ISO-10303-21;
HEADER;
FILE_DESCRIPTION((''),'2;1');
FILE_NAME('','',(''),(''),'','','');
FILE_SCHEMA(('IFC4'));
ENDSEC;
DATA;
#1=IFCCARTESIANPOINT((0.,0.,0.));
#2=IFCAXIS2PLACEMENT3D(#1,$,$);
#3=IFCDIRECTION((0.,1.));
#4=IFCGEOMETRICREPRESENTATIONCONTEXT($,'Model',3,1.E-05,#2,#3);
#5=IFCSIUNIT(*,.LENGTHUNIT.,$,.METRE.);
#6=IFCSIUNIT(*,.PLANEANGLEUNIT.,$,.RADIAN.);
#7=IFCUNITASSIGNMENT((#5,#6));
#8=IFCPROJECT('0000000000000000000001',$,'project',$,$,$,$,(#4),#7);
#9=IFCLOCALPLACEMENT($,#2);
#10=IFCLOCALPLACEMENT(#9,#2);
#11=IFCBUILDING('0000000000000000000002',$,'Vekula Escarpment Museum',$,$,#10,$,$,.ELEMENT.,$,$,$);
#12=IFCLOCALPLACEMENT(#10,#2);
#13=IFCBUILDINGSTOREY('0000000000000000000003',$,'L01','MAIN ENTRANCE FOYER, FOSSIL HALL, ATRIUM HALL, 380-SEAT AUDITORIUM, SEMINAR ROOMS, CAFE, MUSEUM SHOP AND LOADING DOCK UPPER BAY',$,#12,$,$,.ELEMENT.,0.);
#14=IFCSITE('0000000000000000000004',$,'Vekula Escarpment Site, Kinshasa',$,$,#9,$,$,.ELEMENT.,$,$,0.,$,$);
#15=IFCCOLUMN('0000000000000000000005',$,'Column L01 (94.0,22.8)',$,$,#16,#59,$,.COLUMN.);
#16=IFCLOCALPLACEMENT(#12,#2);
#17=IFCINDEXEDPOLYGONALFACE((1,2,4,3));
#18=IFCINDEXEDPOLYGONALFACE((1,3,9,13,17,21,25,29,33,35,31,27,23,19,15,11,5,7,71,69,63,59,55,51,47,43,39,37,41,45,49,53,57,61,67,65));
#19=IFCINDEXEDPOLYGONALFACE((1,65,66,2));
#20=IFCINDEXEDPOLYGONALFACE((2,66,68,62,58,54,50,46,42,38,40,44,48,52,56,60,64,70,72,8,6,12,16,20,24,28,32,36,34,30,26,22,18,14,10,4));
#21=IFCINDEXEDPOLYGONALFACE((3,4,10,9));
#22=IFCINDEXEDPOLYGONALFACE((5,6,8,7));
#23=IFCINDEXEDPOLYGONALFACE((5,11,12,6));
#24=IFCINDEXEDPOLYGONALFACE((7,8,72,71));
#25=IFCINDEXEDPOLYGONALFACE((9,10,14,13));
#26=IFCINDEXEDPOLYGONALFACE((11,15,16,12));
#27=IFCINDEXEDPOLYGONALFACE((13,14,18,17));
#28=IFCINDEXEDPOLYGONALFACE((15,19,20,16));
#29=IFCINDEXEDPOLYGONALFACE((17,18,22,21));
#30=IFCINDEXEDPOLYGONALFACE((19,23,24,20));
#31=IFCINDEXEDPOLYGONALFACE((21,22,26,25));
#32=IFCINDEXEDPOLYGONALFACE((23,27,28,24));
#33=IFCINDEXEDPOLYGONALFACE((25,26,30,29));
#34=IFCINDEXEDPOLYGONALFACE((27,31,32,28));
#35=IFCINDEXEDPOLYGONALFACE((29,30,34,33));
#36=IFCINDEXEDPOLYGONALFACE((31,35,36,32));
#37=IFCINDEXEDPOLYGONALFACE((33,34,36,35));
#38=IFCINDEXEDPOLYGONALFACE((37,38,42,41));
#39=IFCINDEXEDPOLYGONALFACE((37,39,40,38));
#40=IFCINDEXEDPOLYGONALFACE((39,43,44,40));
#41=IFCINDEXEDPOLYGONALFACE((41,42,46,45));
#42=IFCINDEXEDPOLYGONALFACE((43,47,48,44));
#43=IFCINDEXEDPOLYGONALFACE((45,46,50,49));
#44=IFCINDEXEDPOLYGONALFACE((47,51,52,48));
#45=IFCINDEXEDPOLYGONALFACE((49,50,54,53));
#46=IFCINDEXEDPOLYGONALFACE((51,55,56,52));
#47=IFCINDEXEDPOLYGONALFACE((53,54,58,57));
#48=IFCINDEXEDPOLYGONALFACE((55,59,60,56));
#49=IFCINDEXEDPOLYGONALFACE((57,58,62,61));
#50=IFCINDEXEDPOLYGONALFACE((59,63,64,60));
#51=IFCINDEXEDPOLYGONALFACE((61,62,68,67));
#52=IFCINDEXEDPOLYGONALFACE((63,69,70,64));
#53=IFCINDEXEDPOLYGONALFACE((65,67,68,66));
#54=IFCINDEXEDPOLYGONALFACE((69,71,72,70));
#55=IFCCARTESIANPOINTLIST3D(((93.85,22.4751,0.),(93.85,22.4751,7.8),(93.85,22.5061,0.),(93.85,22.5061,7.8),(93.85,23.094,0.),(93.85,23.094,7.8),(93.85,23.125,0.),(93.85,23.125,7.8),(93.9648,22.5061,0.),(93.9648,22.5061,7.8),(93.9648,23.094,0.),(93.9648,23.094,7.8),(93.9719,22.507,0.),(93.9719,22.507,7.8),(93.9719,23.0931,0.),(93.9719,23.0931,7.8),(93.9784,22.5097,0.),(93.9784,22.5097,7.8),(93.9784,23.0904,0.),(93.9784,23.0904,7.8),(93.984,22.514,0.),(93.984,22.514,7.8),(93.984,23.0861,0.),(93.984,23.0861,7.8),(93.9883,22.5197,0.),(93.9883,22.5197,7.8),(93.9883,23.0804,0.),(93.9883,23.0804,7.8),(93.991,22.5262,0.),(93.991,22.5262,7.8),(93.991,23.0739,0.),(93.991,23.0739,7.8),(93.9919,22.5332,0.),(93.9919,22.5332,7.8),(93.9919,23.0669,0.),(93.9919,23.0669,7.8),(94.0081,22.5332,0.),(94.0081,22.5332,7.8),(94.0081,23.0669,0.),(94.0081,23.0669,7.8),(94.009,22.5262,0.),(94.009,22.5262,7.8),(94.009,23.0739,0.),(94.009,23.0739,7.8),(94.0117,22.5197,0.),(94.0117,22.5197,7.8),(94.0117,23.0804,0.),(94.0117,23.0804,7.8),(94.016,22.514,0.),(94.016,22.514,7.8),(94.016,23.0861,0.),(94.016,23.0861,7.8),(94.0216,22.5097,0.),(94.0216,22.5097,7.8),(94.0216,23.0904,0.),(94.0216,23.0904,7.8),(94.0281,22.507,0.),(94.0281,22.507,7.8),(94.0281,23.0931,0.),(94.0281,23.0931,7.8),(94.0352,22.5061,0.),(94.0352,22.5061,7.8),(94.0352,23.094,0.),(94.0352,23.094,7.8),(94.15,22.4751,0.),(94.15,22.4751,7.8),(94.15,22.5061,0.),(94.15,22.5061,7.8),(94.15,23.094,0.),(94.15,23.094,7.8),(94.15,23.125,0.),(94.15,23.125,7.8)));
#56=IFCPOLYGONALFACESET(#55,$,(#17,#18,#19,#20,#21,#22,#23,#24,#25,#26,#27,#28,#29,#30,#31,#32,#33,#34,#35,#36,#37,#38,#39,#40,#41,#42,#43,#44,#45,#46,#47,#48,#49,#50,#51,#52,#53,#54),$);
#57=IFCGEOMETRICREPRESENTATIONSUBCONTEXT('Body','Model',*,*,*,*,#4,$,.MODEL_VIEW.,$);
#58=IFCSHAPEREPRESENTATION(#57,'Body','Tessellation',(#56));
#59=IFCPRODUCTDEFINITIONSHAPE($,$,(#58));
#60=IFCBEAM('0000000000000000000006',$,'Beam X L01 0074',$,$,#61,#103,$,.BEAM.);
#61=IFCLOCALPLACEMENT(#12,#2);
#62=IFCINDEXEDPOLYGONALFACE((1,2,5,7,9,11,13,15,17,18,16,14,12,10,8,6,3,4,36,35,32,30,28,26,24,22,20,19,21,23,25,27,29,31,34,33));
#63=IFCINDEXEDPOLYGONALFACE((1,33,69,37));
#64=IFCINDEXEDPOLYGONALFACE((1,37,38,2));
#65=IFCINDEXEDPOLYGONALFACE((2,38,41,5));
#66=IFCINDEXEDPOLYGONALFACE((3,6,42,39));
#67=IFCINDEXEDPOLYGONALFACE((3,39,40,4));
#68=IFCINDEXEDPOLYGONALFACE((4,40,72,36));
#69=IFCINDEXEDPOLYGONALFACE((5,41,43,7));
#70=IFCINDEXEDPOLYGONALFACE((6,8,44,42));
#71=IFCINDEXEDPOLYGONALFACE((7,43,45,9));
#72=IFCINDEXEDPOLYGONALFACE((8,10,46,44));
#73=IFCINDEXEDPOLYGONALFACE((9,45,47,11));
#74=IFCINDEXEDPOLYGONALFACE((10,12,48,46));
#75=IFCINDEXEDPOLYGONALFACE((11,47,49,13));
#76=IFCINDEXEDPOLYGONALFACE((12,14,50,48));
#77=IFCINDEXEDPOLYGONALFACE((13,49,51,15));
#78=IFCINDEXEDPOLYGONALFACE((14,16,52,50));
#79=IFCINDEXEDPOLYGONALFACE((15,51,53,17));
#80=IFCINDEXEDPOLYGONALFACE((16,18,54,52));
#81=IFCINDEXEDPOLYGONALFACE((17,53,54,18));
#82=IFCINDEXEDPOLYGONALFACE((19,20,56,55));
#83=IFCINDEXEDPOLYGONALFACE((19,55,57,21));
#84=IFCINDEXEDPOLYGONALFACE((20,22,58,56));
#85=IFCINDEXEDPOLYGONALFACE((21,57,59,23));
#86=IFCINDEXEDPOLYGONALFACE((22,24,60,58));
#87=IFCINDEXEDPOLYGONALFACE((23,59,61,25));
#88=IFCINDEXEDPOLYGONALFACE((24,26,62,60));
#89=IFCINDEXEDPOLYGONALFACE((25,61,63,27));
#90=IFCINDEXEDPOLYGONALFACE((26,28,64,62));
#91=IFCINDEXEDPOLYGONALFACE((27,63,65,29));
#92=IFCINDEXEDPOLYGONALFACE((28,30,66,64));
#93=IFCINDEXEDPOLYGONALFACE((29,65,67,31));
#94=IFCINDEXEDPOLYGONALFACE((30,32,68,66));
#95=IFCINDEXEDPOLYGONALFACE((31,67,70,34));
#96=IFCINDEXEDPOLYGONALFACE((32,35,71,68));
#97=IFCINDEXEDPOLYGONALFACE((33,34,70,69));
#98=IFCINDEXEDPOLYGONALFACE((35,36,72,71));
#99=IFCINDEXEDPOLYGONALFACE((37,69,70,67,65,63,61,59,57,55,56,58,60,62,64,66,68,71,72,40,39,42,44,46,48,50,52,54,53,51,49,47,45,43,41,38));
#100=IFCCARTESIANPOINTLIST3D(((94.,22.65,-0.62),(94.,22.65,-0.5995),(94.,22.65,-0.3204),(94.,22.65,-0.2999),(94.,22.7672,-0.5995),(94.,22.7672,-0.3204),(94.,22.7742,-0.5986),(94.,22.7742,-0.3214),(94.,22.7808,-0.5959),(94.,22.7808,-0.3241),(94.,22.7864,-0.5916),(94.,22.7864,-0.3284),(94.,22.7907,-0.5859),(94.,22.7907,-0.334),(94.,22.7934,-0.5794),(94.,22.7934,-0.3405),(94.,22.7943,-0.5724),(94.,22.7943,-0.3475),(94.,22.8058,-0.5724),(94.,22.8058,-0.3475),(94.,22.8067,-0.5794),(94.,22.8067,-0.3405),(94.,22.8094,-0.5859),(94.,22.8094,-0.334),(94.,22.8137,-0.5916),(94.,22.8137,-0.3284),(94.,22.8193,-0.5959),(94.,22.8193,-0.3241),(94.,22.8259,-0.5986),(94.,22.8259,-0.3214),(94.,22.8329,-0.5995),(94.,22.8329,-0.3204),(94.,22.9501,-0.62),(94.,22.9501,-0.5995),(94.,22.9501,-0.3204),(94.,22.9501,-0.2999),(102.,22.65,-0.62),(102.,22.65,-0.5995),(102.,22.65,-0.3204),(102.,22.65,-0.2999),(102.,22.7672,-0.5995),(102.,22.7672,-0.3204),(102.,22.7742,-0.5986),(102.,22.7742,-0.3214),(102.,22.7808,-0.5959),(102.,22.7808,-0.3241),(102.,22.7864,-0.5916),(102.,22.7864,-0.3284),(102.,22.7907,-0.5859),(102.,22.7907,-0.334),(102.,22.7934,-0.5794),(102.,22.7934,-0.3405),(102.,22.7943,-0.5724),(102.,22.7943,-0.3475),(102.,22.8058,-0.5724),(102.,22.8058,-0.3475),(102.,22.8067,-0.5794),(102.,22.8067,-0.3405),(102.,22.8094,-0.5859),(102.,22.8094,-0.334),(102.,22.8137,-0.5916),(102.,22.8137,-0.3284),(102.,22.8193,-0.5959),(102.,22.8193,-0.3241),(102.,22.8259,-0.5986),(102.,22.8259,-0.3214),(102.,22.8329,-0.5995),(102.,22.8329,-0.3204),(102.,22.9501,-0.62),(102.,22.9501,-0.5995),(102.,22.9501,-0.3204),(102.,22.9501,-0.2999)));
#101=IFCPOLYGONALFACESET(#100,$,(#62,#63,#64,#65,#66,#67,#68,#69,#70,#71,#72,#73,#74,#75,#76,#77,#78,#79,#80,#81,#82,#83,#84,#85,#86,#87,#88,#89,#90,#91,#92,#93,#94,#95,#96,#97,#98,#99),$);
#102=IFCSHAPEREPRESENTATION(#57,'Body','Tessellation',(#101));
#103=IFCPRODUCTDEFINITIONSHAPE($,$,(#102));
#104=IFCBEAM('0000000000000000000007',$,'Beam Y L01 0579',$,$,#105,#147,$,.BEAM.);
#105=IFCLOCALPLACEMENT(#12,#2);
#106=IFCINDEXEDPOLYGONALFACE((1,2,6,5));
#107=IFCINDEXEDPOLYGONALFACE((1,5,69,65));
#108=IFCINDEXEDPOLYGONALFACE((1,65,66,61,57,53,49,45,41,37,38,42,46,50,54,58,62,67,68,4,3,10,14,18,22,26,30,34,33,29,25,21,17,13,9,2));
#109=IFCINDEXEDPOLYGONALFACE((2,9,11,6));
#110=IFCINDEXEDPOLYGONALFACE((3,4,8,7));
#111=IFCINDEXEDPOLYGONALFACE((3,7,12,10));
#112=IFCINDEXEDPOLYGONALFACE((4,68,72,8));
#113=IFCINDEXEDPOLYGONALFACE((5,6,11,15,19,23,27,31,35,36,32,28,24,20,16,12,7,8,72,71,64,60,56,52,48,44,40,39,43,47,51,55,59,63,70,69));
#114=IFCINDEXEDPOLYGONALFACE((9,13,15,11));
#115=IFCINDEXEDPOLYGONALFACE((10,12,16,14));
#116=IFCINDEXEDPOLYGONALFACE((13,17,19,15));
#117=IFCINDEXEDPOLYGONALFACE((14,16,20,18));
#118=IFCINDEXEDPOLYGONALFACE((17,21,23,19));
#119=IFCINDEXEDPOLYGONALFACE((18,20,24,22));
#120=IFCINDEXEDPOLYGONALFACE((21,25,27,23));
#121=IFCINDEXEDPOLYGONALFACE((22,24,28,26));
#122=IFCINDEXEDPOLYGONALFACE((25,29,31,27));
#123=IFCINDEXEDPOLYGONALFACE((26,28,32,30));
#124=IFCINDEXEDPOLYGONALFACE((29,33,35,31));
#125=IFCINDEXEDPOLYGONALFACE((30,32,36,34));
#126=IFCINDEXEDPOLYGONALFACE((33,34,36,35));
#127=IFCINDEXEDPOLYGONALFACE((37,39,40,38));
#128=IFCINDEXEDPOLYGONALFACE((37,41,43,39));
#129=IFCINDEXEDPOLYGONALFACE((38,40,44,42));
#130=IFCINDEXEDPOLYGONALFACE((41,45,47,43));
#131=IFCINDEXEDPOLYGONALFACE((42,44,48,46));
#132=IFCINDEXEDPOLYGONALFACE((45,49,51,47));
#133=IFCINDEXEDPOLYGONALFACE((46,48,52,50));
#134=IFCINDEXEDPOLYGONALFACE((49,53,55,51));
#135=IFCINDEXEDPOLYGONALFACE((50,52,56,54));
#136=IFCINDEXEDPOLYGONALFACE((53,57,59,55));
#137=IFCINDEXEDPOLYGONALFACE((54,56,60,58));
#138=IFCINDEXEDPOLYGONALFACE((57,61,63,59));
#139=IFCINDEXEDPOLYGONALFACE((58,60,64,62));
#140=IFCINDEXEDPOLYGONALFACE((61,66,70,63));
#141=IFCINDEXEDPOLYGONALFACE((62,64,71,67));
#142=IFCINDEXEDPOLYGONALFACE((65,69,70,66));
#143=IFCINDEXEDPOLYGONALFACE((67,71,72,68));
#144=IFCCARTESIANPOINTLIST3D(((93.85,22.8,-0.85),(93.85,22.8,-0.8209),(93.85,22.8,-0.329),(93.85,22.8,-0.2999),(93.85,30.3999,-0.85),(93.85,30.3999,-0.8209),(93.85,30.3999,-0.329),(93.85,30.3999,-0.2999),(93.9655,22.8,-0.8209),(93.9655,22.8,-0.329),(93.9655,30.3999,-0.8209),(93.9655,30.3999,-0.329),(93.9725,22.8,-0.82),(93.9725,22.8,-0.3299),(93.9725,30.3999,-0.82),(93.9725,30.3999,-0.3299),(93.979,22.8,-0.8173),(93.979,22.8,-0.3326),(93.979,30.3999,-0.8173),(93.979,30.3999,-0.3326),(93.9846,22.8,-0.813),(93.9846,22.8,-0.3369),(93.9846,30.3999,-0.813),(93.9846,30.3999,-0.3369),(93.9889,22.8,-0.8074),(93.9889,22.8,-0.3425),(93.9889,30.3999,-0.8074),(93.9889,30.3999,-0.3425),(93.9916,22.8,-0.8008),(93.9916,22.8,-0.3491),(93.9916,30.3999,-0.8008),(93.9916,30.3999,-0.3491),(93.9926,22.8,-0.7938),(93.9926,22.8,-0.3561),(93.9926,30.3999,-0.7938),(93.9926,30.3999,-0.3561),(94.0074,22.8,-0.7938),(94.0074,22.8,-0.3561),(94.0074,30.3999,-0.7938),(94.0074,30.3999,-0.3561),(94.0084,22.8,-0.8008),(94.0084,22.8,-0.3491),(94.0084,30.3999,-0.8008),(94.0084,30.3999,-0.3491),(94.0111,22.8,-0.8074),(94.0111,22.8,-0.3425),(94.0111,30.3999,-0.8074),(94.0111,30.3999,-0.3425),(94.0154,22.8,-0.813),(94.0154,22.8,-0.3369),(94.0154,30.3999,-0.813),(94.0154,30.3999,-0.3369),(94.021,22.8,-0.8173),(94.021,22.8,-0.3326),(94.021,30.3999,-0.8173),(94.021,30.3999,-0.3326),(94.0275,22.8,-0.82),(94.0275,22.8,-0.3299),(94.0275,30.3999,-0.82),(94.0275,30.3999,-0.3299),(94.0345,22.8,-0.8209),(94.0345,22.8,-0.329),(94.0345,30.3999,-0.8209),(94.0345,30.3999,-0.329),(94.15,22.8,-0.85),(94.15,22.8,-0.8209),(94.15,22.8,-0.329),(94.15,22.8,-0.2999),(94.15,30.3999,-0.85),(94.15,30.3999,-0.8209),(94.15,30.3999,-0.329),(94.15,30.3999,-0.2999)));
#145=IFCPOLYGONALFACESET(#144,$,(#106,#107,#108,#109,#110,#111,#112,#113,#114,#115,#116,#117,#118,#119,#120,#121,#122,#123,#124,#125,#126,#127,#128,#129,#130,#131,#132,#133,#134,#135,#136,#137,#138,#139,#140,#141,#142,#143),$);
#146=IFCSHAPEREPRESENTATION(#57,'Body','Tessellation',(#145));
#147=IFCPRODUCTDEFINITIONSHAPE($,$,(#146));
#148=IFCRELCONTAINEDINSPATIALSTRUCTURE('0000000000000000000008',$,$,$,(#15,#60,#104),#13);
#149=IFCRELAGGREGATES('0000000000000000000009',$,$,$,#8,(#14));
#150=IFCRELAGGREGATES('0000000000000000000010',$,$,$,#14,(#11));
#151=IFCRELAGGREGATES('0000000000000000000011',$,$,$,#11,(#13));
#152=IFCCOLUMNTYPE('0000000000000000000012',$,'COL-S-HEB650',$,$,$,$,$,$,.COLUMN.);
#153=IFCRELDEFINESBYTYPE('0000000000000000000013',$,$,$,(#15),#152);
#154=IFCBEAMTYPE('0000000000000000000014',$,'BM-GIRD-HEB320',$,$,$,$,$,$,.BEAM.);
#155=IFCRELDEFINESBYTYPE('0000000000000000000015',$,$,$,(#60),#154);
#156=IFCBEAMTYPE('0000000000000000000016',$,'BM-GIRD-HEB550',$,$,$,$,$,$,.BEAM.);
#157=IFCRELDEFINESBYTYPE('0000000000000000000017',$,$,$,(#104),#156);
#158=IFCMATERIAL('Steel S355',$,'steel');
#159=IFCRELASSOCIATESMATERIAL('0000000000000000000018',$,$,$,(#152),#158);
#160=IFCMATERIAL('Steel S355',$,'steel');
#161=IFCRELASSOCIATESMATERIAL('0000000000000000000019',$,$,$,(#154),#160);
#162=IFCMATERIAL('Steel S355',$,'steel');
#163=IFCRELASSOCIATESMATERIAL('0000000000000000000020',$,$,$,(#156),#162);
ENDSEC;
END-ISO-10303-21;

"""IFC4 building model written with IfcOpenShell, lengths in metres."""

from ifc_helpers import new_model, si_unit, direction, frame, origin, origin_2d, place, context, subcontext, project, spatial, i_section, extrude, material, material_profile, profile_set, type_object, element, save


model = new_model("IFC4")

# Units and contexts
model_context = context("Model", 3, precision=1e-05, world=origin(), true_north=direction((0.0, 1.0)))
body_context = subcontext(model_context, "Body", "Model", "MODEL_VIEW")
ifc_project = project(units=[si_unit("LENGTHUNIT", "METRE"), si_unit("PLANEANGLEUNIT", "RADIAN")], contexts=[model_context])

# Site, building, storey
site_placement = place(None, origin())
site = spatial("IfcSite", under=ifc_project, at=site_placement, Name="Vekula Escarpment Site, Kinshasa", CompositionType="ELEMENT", RefElevation=0.0)
building_placement = place(site_placement, origin())
building = spatial("IfcBuilding", under=site, at=building_placement, Name="Vekula Escarpment Museum", CompositionType="ELEMENT")
storey_placement = place(building_placement, origin())
storey = spatial("IfcBuildingStorey", under=building, at=storey_placement, Name="L01", Description="MAIN ENTRANCE FOYER, FOSSIL HALL, ATRIUM HALL, 380-SEAT AUDITORIUM, SEMINAR ROOMS, CAFE, MUSEUM SHOP AND LOADING DOCK UPPER BAY", CompositionType="ELEMENT", Elevation=0.0)

# Column
ifc_material_1 = material(Name="Steel S355", Category="steel")
ifc_material_profile_1 = material_profile(ifc_material_1, i_section(OverallWidth=0.3, OverallDepth=0.6499, WebThickness=0.0161, FlangeThickness=0.031, FilletRadius=0.0271, at=origin_2d()), Name="HEB 650")
ifc_profile_set_1 = profile_set([ifc_material_profile_1], Name="Steel S355")
column_type = type_object("IfcColumnType", Name="COL-S-HEB650", PredefinedType="COLUMN", material=ifc_profile_set_1)
column_placement = place(storey_placement, frame((94.0, 22.8, 0.0), z_axis=(0.0, 0.0, 1.0), x_axis=(1.0, 0.0, 0.0)))
element("IfcColumn", 1, at=column_placement, inside=storey, type_object=column_type, Name="Column L01 (94.0,22.8)", PredefinedType="COLUMN", context=body_context, shape_type="SweptSolid", body=[
    extrude(i_section(OverallWidth=0.3, OverallDepth=0.6499, WebThickness=0.0161, FlangeThickness=0.031, FilletRadius=0.0271, at=origin_2d()), origin(), (0.0, 0.0, 1.0), 7.8),
])

# Beams
ifc_material_2 = material(Name="Steel S355", Category="steel")
ifc_material_profile_2 = material_profile(ifc_material_2, i_section(OverallWidth=0.3, OverallDepth=0.3201, WebThickness=0.0115, FlangeThickness=0.0205, FilletRadius=0.0271, at=origin_2d()), Name="HEB 320")
ifc_profile_set_2 = profile_set([ifc_material_profile_2], Name="Steel S355")
beam_type_1 = type_object("IfcBeamType", Name="BM-GIRD-HEB320", PredefinedType="BEAM", material=ifc_profile_set_2)
beam_1_placement = place(storey_placement, frame((94.0, 22.8, -0.46), z_axis=(1.0, 0.0, 0.0), x_axis=(0.0, 1.0, 0.0)))
element("IfcBeam", 2, at=beam_1_placement, inside=storey, type_object=beam_type_1, Name="Beam X L01 0074", PredefinedType="BEAM", context=body_context, shape_type="SweptSolid", body=[
    extrude(i_section(OverallWidth=0.3, OverallDepth=0.3201, WebThickness=0.0115, FlangeThickness=0.0205, FilletRadius=0.0271, at=origin_2d()), origin(), (0.0, 0.0, 1.0), 8.0),
])
ifc_material_3 = material(Name="Steel S355", Category="steel")
ifc_material_profile_3 = material_profile(ifc_material_3, i_section(OverallWidth=0.3, OverallDepth=0.55, WebThickness=0.0149, FlangeThickness=0.0291, FilletRadius=0.0271, at=origin_2d()), Name="HEB 550")
ifc_profile_set_3 = profile_set([ifc_material_profile_3], Name="Steel S355")
beam_type_2 = type_object("IfcBeamType", Name="BM-GIRD-HEB550", PredefinedType="BEAM", material=ifc_profile_set_3)
beam_2_placement = place(storey_placement, frame((94.0, 22.8, -0.575), z_axis=(0.0, 1.0, 0.0), x_axis=(-1.0, 0.0, 0.0)))
element("IfcBeam", 3, at=beam_2_placement, inside=storey, type_object=beam_type_2, Name="Beam Y L01 0579", PredefinedType="BEAM", context=body_context, shape_type="SweptSolid", body=[
    extrude(i_section(OverallWidth=0.3, OverallDepth=0.55, WebThickness=0.0149, FlangeThickness=0.0291, FilletRadius=0.0271, at=origin_2d()), origin(), (0.0, 0.0, 1.0), 7.5999),
])

save(model, "model.ifc")
